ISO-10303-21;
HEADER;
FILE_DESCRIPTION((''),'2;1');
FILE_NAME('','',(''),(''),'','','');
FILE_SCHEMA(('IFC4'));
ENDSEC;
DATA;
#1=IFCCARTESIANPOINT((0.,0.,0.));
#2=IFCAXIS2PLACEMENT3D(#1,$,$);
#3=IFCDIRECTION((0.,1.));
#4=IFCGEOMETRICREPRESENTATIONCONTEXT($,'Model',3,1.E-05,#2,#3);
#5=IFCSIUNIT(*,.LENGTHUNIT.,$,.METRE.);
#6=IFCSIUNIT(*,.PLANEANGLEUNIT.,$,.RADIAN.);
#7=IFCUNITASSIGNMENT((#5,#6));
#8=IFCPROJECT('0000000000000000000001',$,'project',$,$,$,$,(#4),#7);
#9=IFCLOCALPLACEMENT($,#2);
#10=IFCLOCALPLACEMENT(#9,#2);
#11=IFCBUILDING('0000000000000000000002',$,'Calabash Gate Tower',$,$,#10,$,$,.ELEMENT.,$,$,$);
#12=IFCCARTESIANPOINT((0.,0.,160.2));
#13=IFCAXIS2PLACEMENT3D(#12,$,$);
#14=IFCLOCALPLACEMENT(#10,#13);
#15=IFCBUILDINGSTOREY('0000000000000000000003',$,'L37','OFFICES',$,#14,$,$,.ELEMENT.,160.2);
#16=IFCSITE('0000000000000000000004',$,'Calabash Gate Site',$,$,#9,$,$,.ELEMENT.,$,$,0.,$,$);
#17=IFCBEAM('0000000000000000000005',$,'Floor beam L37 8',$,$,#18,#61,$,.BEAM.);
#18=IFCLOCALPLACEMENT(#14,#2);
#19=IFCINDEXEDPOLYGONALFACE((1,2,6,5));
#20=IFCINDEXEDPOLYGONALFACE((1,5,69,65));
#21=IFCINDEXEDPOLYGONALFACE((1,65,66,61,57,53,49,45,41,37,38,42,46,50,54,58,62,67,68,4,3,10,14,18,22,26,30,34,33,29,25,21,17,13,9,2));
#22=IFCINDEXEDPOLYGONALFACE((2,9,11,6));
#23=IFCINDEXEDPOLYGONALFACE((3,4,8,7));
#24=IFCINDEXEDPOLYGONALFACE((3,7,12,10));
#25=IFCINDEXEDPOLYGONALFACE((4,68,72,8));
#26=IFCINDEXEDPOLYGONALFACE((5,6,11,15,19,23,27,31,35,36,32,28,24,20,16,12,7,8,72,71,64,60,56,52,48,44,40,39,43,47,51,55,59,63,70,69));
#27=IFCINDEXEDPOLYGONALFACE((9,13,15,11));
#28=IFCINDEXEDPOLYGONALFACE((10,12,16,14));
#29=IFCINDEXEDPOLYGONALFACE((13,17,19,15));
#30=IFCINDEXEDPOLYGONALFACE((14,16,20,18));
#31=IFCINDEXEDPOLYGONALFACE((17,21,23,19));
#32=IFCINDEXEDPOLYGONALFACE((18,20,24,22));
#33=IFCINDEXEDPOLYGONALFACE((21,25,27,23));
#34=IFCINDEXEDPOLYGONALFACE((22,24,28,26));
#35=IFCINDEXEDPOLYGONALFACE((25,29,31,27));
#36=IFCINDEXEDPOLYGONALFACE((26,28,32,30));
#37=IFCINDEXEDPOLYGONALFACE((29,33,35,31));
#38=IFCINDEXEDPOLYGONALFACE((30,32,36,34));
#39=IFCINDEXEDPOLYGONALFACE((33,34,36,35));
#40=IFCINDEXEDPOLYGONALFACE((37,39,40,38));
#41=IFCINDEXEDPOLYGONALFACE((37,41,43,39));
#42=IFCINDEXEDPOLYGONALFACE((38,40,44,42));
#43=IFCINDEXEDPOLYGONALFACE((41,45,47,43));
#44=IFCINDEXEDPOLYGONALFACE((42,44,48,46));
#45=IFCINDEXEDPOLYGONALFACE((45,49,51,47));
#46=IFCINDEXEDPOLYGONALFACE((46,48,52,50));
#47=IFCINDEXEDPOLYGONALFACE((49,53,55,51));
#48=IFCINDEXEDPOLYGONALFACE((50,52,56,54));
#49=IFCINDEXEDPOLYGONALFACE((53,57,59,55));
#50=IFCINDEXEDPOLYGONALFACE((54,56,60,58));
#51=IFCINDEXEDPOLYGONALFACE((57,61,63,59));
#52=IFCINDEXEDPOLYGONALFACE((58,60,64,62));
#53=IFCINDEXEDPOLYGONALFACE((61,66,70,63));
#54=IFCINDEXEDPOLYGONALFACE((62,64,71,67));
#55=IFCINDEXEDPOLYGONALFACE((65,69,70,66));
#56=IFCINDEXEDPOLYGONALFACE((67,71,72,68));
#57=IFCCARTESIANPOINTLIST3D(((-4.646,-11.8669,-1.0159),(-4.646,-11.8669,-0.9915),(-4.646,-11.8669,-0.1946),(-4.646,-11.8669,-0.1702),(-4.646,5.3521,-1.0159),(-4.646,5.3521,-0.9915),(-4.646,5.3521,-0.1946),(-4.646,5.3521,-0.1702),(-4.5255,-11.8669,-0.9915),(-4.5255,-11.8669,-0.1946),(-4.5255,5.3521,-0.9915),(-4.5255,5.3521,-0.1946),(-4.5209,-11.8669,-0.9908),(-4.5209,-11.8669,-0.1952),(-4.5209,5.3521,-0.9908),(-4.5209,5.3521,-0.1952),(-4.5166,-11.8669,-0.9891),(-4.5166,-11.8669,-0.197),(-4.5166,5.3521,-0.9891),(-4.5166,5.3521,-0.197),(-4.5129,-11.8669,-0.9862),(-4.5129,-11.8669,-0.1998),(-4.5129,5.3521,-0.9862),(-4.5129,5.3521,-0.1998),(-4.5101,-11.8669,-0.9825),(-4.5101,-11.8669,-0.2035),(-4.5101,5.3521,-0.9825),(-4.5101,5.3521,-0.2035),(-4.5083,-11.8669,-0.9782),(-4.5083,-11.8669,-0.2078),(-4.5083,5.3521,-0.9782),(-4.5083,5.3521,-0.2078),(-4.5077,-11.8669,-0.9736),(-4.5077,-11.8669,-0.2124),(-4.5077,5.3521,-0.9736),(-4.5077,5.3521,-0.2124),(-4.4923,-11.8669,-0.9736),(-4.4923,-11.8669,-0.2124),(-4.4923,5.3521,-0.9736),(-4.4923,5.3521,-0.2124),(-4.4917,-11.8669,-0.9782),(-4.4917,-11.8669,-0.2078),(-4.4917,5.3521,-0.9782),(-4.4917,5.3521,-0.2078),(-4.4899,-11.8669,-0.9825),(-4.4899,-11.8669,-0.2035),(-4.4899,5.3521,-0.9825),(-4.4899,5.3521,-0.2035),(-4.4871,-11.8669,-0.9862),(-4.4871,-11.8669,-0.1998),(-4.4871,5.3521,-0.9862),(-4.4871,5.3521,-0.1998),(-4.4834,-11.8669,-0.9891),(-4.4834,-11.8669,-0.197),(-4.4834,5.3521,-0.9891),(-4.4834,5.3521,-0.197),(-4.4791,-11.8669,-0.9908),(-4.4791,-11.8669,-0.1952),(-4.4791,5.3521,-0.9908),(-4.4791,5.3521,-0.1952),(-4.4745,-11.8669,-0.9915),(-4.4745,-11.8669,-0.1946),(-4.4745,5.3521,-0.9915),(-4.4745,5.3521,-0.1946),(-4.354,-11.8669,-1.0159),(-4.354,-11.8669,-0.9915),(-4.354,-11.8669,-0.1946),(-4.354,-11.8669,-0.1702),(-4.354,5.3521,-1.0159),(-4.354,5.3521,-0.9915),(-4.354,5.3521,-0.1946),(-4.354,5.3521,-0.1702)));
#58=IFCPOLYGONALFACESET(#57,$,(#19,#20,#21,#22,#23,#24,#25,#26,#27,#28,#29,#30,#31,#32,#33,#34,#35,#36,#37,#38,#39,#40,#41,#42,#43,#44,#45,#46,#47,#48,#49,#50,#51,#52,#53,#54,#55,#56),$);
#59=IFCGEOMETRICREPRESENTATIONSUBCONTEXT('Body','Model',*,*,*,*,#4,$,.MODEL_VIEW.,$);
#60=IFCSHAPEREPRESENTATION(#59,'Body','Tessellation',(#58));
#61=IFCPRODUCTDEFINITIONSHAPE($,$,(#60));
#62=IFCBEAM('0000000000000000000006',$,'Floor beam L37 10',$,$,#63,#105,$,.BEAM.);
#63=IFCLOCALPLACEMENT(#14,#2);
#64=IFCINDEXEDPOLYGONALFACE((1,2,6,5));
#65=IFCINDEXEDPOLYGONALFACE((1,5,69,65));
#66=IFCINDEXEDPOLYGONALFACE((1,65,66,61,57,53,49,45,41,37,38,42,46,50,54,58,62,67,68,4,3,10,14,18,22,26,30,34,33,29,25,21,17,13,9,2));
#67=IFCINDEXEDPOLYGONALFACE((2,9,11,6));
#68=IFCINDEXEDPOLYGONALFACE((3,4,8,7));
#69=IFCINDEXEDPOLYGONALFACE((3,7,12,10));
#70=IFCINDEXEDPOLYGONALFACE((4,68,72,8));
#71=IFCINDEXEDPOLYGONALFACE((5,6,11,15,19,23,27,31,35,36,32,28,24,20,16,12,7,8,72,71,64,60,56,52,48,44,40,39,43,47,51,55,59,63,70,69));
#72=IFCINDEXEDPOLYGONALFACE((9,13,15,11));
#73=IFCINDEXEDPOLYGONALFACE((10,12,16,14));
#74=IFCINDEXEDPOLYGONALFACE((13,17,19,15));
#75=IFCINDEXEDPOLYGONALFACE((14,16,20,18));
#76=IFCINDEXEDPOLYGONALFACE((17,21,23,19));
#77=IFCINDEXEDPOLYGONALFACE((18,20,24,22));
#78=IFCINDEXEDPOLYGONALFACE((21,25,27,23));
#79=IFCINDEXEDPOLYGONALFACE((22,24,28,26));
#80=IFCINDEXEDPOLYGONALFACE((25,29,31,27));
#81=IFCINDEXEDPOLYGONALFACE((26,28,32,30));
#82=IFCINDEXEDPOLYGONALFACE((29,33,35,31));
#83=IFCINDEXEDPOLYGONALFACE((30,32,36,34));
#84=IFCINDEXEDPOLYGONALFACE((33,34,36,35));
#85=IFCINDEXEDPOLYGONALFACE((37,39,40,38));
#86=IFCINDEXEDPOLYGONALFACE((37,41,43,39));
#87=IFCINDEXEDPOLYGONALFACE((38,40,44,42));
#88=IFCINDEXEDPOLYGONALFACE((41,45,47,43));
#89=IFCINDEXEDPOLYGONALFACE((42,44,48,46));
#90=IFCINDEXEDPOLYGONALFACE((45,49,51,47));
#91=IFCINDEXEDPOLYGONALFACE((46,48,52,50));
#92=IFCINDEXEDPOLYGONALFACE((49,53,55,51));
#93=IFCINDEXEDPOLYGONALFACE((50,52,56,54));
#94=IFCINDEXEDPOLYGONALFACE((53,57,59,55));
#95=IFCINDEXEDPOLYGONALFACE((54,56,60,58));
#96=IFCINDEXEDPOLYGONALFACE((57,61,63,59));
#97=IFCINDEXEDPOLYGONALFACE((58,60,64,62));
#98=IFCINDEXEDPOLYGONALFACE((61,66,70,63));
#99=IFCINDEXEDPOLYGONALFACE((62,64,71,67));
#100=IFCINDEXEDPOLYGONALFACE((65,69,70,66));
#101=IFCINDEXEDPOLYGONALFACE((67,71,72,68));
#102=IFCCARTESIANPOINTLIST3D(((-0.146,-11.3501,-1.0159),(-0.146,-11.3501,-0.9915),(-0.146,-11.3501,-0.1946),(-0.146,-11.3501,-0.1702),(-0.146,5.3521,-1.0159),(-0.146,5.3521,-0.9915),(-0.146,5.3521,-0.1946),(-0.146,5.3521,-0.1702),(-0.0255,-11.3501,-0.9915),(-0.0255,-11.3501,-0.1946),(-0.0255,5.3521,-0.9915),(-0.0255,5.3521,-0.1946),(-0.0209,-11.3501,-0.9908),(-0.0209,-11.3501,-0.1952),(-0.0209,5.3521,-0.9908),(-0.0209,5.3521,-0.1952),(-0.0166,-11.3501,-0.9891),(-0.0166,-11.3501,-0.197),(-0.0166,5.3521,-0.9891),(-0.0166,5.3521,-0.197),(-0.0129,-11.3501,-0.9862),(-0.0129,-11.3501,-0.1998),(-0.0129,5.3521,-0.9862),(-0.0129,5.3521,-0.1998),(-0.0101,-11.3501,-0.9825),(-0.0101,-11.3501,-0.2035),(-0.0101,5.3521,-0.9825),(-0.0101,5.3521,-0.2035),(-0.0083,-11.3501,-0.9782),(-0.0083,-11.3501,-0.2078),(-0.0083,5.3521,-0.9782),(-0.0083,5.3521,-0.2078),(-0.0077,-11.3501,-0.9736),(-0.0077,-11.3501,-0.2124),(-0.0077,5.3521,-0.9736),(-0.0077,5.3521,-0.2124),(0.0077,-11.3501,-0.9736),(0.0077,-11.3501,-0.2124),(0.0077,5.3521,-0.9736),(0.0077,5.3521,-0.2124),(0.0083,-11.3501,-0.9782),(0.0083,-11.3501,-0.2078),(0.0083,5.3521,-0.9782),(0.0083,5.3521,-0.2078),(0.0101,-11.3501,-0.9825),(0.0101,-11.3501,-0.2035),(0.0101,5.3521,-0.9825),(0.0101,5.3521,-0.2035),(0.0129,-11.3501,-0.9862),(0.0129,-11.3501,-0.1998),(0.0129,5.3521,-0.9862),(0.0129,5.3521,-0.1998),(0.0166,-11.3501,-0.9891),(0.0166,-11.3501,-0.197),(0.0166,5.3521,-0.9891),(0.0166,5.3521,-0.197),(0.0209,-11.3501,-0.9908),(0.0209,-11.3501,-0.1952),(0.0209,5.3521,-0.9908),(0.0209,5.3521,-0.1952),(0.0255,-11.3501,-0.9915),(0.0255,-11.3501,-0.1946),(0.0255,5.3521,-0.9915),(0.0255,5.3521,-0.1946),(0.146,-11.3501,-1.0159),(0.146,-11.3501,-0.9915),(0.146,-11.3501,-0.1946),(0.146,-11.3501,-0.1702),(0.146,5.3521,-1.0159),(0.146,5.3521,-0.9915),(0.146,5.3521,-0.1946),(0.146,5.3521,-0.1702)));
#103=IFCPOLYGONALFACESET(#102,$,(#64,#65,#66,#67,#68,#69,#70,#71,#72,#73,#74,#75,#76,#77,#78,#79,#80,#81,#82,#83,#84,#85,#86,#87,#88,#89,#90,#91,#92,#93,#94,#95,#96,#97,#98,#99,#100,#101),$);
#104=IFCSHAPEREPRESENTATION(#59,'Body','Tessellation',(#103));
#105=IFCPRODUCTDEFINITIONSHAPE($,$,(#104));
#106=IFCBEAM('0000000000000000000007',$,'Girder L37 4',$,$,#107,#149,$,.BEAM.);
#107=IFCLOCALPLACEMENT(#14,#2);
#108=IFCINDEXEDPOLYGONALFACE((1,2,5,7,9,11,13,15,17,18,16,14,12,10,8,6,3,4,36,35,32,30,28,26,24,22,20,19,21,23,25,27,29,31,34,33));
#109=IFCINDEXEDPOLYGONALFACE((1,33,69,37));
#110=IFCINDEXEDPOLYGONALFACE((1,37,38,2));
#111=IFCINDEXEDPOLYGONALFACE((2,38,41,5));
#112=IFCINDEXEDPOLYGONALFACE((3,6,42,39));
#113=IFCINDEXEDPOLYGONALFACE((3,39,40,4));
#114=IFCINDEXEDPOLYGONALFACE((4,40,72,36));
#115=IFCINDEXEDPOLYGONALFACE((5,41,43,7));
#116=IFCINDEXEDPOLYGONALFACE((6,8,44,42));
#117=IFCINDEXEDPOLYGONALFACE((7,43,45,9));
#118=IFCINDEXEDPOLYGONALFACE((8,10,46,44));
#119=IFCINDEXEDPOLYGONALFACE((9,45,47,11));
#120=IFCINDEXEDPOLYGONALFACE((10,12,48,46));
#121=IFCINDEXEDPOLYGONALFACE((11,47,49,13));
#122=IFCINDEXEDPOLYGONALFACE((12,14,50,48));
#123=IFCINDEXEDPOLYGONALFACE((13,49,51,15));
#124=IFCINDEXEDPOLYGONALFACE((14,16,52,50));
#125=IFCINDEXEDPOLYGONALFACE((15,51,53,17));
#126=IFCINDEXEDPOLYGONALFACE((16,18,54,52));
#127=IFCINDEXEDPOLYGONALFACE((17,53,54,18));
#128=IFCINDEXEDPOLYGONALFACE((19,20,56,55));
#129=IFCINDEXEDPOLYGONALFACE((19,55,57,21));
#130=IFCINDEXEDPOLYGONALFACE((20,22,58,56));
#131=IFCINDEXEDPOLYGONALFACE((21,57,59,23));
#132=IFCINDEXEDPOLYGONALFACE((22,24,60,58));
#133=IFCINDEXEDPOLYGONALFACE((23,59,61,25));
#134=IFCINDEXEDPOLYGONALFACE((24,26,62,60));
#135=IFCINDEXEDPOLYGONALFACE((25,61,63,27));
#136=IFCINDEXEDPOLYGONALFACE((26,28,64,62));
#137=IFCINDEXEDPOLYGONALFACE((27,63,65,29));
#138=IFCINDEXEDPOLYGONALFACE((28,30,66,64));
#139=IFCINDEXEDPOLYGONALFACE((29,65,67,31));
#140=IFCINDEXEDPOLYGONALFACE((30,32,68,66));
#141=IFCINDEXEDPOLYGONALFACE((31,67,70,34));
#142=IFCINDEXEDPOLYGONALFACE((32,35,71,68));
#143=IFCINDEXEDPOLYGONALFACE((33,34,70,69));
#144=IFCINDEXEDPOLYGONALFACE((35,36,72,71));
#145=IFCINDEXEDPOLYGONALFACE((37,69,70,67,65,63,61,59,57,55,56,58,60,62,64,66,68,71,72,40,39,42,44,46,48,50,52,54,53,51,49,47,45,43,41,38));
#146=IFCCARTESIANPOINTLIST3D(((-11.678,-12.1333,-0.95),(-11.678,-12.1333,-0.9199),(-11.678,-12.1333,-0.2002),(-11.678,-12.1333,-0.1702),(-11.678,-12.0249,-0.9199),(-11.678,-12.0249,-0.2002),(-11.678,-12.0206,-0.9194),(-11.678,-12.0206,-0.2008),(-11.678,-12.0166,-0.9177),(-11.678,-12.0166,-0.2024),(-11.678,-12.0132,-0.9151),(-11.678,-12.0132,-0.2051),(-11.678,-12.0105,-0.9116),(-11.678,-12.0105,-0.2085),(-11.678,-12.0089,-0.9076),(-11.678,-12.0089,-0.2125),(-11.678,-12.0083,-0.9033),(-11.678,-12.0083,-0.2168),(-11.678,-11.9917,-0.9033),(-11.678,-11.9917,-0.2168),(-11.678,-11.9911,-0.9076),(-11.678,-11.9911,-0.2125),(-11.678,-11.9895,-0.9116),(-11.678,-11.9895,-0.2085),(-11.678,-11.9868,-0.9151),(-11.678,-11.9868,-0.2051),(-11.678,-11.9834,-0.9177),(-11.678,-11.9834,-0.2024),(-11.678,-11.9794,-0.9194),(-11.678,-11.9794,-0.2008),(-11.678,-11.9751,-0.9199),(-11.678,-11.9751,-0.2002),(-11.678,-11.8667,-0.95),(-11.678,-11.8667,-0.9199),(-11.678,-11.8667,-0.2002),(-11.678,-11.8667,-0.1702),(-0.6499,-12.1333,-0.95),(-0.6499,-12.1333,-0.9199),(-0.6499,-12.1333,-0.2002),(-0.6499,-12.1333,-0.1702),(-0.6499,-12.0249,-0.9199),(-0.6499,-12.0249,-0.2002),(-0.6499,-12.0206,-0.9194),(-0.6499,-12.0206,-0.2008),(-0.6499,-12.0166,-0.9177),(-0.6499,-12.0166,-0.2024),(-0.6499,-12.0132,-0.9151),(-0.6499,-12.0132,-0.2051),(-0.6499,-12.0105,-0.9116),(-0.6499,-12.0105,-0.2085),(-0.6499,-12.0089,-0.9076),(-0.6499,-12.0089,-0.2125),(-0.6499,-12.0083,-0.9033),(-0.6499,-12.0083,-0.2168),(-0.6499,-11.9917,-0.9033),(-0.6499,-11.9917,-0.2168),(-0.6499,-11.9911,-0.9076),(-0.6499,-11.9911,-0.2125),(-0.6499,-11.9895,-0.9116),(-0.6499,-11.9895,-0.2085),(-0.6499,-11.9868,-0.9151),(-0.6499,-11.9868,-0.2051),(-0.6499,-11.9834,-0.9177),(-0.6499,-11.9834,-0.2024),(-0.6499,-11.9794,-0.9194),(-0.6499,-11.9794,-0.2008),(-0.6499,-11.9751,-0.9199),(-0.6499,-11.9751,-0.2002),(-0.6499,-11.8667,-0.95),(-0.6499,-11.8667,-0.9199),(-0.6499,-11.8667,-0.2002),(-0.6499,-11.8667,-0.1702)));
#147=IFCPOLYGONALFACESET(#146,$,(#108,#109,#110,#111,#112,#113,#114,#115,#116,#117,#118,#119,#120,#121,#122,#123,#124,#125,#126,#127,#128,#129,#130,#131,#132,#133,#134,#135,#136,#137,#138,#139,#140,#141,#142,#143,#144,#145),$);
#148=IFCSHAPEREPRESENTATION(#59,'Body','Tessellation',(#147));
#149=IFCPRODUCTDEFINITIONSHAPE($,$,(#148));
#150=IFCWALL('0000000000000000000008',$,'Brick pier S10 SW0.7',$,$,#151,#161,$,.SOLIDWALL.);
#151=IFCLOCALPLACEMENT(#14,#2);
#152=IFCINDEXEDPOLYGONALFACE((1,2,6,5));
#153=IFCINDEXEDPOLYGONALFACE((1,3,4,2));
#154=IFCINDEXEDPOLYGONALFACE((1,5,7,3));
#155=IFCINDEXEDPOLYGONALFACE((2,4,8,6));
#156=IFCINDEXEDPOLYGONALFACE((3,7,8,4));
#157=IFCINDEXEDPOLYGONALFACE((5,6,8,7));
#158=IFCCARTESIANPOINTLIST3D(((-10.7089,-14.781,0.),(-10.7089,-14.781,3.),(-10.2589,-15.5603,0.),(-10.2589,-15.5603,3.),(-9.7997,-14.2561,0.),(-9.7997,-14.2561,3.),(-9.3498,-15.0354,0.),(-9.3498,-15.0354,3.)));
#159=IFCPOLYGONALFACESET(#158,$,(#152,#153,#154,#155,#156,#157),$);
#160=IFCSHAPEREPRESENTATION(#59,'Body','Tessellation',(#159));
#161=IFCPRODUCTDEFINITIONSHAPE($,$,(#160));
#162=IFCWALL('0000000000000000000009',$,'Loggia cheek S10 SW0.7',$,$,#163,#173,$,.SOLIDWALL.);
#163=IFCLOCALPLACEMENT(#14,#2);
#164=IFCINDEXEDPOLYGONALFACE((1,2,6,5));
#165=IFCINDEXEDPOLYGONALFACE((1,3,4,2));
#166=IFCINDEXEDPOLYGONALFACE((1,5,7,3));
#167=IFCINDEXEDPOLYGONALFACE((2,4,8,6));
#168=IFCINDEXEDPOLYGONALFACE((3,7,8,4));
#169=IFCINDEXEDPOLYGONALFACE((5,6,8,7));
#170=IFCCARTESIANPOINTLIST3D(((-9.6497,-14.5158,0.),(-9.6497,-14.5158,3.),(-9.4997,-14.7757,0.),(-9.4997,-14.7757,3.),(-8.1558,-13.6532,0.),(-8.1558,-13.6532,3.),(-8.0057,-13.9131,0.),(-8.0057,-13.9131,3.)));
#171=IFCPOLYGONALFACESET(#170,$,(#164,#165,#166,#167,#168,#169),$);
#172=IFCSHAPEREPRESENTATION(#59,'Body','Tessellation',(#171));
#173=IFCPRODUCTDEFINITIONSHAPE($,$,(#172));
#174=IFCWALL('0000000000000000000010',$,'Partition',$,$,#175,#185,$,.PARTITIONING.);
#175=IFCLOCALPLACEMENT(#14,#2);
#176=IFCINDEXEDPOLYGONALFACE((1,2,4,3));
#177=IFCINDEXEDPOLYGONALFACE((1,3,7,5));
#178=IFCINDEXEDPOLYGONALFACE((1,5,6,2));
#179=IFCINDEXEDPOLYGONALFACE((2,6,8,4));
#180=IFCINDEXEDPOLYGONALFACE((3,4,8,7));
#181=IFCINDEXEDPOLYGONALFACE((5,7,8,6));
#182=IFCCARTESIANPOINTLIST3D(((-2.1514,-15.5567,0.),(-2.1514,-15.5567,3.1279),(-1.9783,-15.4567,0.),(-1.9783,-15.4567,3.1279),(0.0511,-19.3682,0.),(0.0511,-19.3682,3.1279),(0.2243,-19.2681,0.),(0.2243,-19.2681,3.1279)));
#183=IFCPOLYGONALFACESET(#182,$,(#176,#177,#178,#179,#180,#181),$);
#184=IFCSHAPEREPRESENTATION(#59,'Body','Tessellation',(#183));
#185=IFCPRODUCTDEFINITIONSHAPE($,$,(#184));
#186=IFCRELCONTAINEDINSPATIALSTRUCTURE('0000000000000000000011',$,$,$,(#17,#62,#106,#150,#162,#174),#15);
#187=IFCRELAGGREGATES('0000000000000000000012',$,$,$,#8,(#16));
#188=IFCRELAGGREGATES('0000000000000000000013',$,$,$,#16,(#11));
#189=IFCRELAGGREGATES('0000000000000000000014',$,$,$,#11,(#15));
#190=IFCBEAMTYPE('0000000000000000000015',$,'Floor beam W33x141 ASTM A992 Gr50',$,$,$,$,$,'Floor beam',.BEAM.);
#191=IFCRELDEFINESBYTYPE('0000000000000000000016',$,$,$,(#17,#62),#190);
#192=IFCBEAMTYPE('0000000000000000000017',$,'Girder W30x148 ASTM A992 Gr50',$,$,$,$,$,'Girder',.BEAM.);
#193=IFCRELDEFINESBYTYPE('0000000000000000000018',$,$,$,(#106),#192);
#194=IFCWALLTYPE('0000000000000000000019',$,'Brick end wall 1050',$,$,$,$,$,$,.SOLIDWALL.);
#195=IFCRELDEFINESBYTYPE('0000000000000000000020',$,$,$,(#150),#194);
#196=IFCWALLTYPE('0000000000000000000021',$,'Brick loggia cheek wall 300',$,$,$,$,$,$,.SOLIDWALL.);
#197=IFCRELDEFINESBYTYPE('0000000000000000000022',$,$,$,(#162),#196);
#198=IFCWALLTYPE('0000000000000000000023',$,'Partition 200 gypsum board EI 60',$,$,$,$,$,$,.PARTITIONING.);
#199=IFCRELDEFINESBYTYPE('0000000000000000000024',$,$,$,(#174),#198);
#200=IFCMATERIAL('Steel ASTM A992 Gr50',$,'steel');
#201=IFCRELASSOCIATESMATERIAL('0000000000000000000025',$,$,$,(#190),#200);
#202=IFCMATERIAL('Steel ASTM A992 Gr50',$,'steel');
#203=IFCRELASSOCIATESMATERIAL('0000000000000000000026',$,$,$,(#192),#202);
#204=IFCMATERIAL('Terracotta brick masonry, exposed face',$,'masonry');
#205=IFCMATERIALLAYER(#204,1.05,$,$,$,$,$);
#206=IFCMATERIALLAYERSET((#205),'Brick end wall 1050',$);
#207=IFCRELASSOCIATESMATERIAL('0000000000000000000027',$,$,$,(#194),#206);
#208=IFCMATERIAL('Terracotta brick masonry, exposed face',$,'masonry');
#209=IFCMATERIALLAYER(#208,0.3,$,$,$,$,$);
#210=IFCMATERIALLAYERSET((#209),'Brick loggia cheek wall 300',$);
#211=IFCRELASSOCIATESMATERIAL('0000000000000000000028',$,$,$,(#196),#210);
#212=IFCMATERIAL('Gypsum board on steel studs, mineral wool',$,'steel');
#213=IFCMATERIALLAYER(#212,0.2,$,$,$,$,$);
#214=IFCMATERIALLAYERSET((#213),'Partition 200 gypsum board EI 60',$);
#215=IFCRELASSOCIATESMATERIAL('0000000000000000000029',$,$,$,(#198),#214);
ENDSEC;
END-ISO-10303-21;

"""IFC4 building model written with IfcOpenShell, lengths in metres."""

from ifc_helpers import new_model, si_unit, direction, frame, frame_2d, origin, origin_2d, place, context, subcontext, project, spatial, rectangle, i_section, extrude, material, layer, layer_set, material_profile, profile_set, type_object, element, save


model = new_model("IFC4")

# Units and contexts
model_context = context("Model", 3, precision=1e-05, world=origin(), true_north=direction((0.0, 1.0)))
body_context = subcontext(model_context, "Body", "Model", "MODEL_VIEW")
ifc_project = project(units=[si_unit("LENGTHUNIT", "METRE"), si_unit("PLANEANGLEUNIT", "RADIAN")], contexts=[model_context])

# Site, building, storey
site_placement = place(None, origin())
site = spatial("IfcSite", under=ifc_project, at=site_placement, Name="Calabash Gate Site", CompositionType="ELEMENT", RefElevation=0.0)
building_placement = place(site_placement, origin())
building = spatial("IfcBuilding", under=site, at=building_placement, Name="Calabash Gate Tower", CompositionType="ELEMENT")
storey_placement = place(building_placement, frame((0.0, 0.0, 160.2)))
storey = spatial("IfcBuildingStorey", under=building, at=storey_placement, Name="L37", Description="OFFICES", CompositionType="ELEMENT", Elevation=160.2)

# Beams
ifc_material_1 = material(Name="Steel ASTM A992 Gr50", Category="steel")
ifc_material_profile_1 = material_profile(ifc_material_1, i_section(OverallWidth=0.292, OverallDepth=0.8457, WebThickness=0.0154, FlangeThickness=0.0244, FilletRadius=0.0178, at=origin_2d()))
ifc_profile_set_1 = profile_set([ifc_material_profile_1], Name="Steel ASTM A992 Gr50")
beam_type_1 = type_object("IfcBeamType", Name="Floor beam W33x141 ASTM A992 Gr50", ElementType="Floor beam", PredefinedType="BEAM", material=ifc_profile_set_1)
beam_1_placement = place(storey_placement, frame((-4.5, -11.8669, -0.593), z_axis=(0.0, 1.0, 0.0), x_axis=(-1.0, 0.0, 0.0)))
element("IfcBeam", 1, at=beam_1_placement, inside=storey, type_object=beam_type_1, Name="Floor beam L37 8", PredefinedType="BEAM", context=body_context, shape_type="SweptSolid", body=[
    extrude(i_section(OverallWidth=0.292, OverallDepth=0.8457, WebThickness=0.0154, FlangeThickness=0.0244, FilletRadius=0.0178, at=origin_2d()), origin(), (0.0, 0.0, 1.0), 17.219),
])
beam_2_placement = place(storey_placement, frame((0.0, -11.3501, -0.593), z_axis=(0.0, 1.0, 0.0), x_axis=(-1.0, 0.0, 0.0)))
element("IfcBeam", 2, at=beam_2_placement, inside=storey, type_object=beam_type_1, Name="Floor beam L37 10", PredefinedType="BEAM", context=body_context, shape_type="SweptSolid", body=[
    extrude(i_section(OverallWidth=0.292, OverallDepth=0.8457, WebThickness=0.0154, FlangeThickness=0.0244, FilletRadius=0.0178, at=origin_2d()), origin(), (0.0, 0.0, 1.0), 16.7021),
])
ifc_material_2 = material(Name="Steel ASTM A992 Gr50", Category="steel")
ifc_material_profile_2 = material_profile(ifc_material_2, i_section(OverallWidth=0.2666, OverallDepth=0.7798, WebThickness=0.0166, FlangeThickness=0.03, FilletRadius=0.0166, at=origin_2d()))
ifc_profile_set_2 = profile_set([ifc_material_profile_2], Name="Steel ASTM A992 Gr50")
beam_type_2 = type_object("IfcBeamType", Name="Girder W30x148 ASTM A992 Gr50", ElementType="Girder", PredefinedType="BEAM", material=ifc_profile_set_2)
beam_3_placement = place(storey_placement, frame((-11.678, -12.0, -0.5601), z_axis=(1.0, 0.0, 0.0), x_axis=(0.0, 1.0, 0.0)))
element("IfcBeam", 3, at=beam_3_placement, inside=storey, type_object=beam_type_2, Name="Girder L37 4", PredefinedType="BEAM", context=body_context, shape_type="SweptSolid", body=[
    extrude(i_section(OverallWidth=0.2666, OverallDepth=0.7798, WebThickness=0.0166, FlangeThickness=0.03, FilletRadius=0.0166, at=origin_2d()), origin(), (0.0, 0.0, 1.0), 11.0281),
])

# Walls
ifc_material_3 = material(Name="Terracotta brick masonry, exposed face", Category="masonry")
ifc_layer_1 = layer(ifc_material_3, 1.05)
ifc_layer_set_1 = layer_set([ifc_layer_1], Name="Brick end wall 1050")
wall_type_1 = type_object("IfcWallType", Name="Brick end wall 1050", PredefinedType="SOLIDWALL", material=ifc_layer_set_1)
wall_1_placement = place(storey_placement, frame((-10.4839, -15.1707, 0.0), z_axis=(0.0, 0.0, 1.0), x_axis=(0.866031, 0.499991, 0.0)))
element("IfcWall", 4, at=wall_1_placement, inside=storey, type_object=wall_type_1, Name="Brick pier S10 SW0.7", PredefinedType="SOLIDWALL", context=body_context, shape_type="SweptSolid", body=[
    extrude(rectangle(XDim=1.0498, YDim=0.8999, at=frame_2d((0.5249, 0.0))), origin(), (0.0, 0.0, 1.0), 3.0),
])
ifc_material_4 = material(Name="Terracotta brick masonry, exposed face", Category="masonry")
ifc_layer_2 = layer(ifc_material_4, 0.3)
ifc_layer_set_2 = layer_set([ifc_layer_2], Name="Brick loggia cheek wall 300")
wall_type_2 = type_object("IfcWallType", Name="Brick loggia cheek wall 300", PredefinedType="SOLIDWALL", material=ifc_layer_set_2)
wall_2_placement = place(storey_placement, frame((-9.5747, -14.6458, 0.0), z_axis=(0.0, 0.0, 1.0), x_axis=(0.866014, 0.500021, 0.0)))
element("IfcWall", 5, at=wall_2_placement, inside=storey, type_object=wall_type_2, Name="Loggia cheek S10 SW0.7", PredefinedType="SOLIDWALL", context=body_context, shape_type="SweptSolid", body=[
    extrude(rectangle(XDim=1.7251, YDim=0.3, at=frame_2d((0.8625, 0.0))), origin(), (0.0, 0.0, 1.0), 3.0),
])
ifc_material_5 = material(Name="Gypsum board on steel studs, mineral wool", Category="steel")
ifc_layer_3 = layer(ifc_material_5, 0.2)
ifc_layer_set_3 = layer_set([ifc_layer_3], Name="Partition 200 gypsum board EI 60")
wall_type_3 = type_object("IfcWallType", Name="Partition 200 gypsum board EI 60", PredefinedType="PARTITIONING", material=ifc_layer_set_3)
wall_3_placement = place(storey_placement, frame((-2.0649, -15.5066, 0.0), z_axis=(0.0, 0.0, 1.0), x_axis=(0.50035, -0.865823, 0.0)))
element("IfcWall", 6, at=wall_3_placement, inside=storey, type_object=wall_type_3, Name="Partition", PredefinedType="PARTITIONING", context=body_context, shape_type="SweptSolid", body=[
    extrude(rectangle(XDim=4.4021, YDim=0.2, at=frame_2d((2.2012, 0.0))), origin(), (0.0, 0.0, 1.0), 3.1279),
])

save(model, "model.ifc")
